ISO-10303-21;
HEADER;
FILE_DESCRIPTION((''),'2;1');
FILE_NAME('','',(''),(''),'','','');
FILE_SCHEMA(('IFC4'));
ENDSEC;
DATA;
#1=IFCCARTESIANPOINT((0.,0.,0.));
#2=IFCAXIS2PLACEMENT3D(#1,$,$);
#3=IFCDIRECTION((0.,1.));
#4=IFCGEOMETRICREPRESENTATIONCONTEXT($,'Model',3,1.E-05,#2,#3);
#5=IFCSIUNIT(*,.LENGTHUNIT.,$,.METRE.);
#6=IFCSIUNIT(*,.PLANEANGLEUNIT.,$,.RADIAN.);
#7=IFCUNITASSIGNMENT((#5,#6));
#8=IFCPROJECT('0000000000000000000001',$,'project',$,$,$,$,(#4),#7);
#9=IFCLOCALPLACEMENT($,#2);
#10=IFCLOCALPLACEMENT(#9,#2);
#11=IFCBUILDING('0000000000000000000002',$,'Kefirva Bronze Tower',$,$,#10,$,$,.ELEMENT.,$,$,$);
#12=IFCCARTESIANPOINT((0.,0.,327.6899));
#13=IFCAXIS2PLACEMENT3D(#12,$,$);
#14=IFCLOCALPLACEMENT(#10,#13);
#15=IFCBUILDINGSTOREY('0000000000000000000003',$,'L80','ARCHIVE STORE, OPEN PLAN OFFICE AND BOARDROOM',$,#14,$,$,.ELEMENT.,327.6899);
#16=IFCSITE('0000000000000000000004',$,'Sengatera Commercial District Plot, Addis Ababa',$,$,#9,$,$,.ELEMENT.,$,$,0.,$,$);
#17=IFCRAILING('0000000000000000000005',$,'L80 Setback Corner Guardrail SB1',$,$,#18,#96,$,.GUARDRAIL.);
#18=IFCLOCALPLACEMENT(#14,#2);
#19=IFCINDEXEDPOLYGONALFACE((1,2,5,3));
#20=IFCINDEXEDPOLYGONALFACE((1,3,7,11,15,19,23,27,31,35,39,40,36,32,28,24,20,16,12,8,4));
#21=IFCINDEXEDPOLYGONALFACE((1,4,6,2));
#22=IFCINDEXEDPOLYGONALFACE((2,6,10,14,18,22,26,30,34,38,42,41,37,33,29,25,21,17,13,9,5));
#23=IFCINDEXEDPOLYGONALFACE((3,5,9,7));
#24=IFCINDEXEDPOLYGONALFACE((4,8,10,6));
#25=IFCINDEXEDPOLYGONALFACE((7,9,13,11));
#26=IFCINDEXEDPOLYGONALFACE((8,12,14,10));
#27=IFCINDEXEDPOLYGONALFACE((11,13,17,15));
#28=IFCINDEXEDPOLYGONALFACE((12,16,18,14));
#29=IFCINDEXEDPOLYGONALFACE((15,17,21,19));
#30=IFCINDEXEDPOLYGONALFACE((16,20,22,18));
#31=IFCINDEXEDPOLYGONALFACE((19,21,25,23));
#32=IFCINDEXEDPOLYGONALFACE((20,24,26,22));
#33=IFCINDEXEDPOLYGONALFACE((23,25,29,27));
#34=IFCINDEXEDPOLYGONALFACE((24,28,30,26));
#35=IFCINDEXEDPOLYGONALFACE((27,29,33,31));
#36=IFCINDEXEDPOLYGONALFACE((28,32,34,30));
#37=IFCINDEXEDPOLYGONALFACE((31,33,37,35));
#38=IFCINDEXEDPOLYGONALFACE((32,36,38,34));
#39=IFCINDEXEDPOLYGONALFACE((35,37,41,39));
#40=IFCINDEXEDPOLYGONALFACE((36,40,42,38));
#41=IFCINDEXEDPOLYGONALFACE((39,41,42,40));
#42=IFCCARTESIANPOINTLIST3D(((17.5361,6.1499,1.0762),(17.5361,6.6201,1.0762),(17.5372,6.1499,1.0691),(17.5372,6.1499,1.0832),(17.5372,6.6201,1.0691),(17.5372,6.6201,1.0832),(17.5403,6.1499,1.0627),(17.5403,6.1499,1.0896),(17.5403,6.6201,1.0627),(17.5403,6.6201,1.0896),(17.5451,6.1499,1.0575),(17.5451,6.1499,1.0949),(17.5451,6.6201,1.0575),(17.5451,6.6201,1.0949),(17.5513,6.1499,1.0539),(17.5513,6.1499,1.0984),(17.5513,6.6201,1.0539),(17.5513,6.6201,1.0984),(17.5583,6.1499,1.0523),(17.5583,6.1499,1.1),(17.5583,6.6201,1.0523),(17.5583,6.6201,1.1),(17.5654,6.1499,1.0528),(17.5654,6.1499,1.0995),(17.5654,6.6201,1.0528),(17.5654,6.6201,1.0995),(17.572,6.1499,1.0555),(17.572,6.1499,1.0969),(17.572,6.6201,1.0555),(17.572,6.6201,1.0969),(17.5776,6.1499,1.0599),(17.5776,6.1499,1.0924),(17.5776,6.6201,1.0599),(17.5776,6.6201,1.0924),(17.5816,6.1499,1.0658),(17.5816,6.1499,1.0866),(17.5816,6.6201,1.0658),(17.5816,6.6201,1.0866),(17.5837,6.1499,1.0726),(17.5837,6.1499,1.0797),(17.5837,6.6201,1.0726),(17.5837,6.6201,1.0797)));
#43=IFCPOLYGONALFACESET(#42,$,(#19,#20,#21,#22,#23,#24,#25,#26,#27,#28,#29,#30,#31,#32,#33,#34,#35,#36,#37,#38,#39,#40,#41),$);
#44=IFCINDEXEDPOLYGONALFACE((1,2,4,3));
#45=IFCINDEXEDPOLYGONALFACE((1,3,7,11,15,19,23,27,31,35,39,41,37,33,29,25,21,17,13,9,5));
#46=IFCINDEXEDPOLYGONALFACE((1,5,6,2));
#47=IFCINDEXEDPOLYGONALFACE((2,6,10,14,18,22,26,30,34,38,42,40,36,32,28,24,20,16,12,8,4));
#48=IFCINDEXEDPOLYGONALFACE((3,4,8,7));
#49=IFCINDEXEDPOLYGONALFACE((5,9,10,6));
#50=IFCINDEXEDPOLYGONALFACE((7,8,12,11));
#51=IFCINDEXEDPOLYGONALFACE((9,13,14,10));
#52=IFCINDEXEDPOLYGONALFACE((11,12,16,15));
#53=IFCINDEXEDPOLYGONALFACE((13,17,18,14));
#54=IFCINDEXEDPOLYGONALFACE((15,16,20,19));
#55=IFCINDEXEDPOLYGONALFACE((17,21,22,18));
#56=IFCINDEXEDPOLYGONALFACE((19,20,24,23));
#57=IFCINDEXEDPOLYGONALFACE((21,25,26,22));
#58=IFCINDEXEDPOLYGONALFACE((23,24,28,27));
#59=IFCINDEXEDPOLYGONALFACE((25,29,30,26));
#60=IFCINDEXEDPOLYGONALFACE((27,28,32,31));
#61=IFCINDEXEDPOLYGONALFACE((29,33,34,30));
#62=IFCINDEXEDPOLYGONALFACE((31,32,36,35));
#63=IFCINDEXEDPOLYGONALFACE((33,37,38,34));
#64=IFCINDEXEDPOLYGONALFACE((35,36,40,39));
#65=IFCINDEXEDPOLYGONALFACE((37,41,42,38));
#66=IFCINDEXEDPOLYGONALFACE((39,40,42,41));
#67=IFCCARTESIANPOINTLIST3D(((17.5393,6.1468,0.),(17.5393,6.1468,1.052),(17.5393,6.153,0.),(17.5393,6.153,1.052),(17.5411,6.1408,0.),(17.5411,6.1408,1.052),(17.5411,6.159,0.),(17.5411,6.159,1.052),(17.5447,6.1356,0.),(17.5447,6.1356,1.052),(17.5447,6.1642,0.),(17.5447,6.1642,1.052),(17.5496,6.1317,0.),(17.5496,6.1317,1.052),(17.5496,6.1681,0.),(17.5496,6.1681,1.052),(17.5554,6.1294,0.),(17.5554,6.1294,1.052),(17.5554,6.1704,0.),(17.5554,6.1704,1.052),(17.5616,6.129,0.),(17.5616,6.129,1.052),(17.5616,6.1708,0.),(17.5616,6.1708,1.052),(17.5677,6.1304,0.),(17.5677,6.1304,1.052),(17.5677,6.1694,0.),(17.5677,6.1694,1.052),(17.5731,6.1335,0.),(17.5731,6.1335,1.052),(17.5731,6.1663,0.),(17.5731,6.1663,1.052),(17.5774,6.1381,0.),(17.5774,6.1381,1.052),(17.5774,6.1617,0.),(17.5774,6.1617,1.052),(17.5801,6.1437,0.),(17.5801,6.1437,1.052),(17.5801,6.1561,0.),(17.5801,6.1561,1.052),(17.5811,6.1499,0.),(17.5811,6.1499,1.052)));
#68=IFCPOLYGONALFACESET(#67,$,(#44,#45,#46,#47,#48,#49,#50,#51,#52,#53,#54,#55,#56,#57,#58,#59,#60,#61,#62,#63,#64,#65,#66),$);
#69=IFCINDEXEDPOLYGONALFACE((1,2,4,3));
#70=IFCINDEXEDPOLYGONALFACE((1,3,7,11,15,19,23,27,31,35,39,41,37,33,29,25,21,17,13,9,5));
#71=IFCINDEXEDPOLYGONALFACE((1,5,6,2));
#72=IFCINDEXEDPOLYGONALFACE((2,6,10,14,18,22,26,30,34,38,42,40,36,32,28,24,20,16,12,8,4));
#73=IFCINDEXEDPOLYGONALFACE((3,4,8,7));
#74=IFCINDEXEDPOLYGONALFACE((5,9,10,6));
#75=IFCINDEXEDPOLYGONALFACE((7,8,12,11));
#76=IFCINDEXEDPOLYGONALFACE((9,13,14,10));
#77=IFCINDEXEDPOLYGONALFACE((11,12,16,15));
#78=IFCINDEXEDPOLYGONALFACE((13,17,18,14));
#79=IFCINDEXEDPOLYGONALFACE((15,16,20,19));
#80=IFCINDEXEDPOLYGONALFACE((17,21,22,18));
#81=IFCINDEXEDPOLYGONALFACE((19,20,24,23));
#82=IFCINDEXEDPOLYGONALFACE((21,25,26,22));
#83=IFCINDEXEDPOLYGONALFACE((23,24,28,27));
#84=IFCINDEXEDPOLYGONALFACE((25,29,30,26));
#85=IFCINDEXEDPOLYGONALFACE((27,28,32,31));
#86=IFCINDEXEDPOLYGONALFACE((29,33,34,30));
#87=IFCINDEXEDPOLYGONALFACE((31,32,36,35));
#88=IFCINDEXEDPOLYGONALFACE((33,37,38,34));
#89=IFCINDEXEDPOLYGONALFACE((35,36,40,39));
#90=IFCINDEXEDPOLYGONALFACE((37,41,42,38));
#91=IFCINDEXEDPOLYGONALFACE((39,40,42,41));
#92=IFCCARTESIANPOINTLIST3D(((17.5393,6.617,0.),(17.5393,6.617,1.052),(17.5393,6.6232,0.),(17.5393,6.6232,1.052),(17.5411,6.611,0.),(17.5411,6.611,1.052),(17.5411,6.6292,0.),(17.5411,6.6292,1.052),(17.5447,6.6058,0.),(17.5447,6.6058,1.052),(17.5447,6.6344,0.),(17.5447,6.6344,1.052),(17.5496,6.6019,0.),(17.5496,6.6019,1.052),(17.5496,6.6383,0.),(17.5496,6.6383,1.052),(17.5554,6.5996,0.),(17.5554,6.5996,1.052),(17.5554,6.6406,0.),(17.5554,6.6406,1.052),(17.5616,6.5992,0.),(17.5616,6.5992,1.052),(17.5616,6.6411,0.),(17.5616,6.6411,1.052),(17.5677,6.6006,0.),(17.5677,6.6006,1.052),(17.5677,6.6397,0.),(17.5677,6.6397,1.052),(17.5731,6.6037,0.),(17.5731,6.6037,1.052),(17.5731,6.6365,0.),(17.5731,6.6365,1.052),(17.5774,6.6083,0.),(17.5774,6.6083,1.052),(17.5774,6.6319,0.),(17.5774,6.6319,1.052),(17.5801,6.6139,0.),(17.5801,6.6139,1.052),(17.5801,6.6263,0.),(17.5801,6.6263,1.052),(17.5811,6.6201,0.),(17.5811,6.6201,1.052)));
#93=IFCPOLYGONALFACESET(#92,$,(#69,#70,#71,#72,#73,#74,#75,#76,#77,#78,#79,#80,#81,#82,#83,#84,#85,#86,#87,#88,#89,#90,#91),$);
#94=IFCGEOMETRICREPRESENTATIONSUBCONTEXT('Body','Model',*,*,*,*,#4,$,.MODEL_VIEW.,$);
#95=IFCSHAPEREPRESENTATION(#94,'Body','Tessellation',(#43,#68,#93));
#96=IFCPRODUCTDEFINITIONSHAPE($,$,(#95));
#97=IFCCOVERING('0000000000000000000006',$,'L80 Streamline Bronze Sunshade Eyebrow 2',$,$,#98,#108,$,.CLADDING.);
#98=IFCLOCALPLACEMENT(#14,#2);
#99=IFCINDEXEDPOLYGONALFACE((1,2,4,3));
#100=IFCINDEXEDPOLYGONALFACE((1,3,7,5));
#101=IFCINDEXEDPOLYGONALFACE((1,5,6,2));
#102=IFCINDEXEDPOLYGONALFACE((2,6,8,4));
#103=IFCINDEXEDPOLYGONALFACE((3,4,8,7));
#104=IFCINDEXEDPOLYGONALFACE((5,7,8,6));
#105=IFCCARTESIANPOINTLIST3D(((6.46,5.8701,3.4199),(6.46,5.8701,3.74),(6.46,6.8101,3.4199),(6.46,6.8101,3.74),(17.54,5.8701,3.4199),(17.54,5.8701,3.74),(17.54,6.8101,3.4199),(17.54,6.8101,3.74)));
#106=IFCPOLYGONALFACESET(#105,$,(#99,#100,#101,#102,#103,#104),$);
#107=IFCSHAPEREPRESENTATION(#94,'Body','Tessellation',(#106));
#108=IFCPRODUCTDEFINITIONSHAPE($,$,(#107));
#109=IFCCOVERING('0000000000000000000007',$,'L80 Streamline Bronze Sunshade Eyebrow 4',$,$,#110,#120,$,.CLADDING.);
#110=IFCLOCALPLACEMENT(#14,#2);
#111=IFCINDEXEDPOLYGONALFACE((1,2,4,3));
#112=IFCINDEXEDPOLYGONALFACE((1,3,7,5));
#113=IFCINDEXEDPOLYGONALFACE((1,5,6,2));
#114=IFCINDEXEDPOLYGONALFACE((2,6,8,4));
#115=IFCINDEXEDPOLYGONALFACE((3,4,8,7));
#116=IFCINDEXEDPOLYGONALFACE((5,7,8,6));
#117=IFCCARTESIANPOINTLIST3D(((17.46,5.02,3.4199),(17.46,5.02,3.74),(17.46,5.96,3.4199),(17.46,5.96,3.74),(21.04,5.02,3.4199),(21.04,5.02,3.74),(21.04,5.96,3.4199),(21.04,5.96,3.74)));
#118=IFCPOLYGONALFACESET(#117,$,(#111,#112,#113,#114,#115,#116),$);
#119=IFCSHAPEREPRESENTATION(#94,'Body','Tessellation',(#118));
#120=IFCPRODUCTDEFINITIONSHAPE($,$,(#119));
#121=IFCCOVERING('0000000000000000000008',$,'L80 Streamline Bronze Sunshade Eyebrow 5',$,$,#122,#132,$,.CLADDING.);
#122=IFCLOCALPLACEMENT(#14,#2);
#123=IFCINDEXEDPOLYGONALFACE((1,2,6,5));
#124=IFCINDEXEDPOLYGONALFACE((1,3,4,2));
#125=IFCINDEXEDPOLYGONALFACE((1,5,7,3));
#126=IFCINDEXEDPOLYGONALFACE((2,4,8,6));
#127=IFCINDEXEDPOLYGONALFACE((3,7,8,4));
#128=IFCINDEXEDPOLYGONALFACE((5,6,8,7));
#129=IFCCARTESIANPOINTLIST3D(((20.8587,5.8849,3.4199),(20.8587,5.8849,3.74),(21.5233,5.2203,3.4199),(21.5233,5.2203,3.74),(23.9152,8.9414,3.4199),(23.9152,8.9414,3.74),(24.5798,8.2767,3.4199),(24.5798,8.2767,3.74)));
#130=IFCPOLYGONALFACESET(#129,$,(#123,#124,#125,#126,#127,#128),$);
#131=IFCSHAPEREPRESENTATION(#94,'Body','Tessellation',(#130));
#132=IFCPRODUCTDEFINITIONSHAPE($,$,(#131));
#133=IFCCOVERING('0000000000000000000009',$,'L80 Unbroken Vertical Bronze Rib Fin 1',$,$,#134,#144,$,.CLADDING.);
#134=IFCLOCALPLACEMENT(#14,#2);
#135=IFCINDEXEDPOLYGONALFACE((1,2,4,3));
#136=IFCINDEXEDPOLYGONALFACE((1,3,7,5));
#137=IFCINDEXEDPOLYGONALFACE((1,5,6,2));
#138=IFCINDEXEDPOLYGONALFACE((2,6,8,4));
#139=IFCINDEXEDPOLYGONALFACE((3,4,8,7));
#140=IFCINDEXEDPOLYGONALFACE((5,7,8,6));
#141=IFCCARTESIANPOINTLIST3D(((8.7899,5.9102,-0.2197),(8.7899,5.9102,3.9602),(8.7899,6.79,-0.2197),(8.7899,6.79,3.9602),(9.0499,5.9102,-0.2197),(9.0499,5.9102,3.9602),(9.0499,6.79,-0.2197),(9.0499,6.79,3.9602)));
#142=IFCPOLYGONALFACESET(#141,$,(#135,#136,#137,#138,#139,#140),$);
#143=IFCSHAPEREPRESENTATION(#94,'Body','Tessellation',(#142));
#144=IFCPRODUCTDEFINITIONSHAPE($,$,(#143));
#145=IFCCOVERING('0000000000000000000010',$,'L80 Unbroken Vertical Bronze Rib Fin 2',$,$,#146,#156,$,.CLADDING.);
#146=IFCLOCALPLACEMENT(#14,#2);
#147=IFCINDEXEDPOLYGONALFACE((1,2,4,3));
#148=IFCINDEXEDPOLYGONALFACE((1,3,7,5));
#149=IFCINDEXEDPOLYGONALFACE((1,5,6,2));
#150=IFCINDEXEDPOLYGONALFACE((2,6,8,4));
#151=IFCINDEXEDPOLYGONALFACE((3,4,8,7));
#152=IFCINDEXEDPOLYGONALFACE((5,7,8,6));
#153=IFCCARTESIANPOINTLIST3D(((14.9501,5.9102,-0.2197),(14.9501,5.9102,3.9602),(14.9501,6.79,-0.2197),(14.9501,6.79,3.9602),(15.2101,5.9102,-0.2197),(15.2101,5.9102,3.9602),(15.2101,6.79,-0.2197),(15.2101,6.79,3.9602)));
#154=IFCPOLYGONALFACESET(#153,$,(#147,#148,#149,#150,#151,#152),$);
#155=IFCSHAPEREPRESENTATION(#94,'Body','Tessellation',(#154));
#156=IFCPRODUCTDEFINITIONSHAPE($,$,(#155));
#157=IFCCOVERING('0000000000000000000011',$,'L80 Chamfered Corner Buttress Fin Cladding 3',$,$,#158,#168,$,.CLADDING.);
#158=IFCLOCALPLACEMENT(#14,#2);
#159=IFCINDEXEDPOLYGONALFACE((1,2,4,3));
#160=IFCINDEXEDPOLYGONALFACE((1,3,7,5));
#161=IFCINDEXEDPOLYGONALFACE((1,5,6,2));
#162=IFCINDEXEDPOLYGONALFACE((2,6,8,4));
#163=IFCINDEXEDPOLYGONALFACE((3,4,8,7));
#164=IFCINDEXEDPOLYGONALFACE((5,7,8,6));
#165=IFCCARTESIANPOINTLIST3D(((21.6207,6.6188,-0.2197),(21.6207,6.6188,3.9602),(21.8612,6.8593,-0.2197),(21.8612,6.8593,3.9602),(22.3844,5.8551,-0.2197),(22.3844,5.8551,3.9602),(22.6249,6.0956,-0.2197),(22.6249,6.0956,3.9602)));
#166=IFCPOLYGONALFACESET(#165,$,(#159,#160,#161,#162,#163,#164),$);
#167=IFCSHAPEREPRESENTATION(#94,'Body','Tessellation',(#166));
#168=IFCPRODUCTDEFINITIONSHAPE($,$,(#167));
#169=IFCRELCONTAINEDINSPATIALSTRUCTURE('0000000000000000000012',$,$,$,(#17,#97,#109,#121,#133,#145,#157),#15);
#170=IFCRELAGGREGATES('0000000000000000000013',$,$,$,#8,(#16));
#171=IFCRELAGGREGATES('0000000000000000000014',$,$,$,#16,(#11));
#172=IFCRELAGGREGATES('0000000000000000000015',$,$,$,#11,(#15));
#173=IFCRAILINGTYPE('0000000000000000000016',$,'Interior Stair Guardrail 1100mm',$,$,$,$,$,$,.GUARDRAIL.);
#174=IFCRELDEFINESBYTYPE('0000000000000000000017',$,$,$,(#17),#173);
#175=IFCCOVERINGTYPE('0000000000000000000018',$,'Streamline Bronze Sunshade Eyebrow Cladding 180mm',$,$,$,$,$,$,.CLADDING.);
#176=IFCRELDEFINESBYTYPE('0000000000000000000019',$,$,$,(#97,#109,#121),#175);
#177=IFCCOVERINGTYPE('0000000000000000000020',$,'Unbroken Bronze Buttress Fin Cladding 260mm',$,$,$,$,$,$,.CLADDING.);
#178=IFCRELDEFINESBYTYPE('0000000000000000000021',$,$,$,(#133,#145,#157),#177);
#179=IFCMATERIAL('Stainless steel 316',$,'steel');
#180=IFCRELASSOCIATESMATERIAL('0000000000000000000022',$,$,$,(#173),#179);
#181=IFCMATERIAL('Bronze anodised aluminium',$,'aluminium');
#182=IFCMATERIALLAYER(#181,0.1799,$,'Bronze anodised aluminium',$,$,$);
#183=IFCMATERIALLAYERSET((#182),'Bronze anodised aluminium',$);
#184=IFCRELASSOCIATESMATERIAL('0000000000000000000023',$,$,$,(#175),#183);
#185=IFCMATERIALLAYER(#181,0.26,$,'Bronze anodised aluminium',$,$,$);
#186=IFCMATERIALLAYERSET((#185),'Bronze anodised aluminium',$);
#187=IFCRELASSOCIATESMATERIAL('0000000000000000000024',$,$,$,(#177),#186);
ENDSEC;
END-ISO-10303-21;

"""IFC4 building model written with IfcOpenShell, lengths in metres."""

from ifc_helpers import new_model, si_unit, direction, frame, origin, origin_2d, place, context, subcontext, project, spatial, rectangle, circle, extrude, material, layer, layer_set, type_object, element, save


model = new_model("IFC4")

# Units and contexts
model_context = context("Model", 3, precision=1e-05, world=origin(), true_north=direction((0.0, 1.0)))
body_context = subcontext(model_context, "Body", "Model", "MODEL_VIEW")
ifc_project = project(units=[si_unit("LENGTHUNIT", "METRE"), si_unit("PLANEANGLEUNIT", "RADIAN")], contexts=[model_context])

# Site, building, storey
site_placement = place(None, origin())
site = spatial("IfcSite", under=ifc_project, at=site_placement, Name="Sengatera Commercial District Plot, Addis Ababa", CompositionType="ELEMENT", RefElevation=0.0)
building_placement = place(site_placement, origin())
building = spatial("IfcBuilding", under=site, at=building_placement, Name="Kefirva Bronze Tower", CompositionType="ELEMENT")
storey_placement = place(building_placement, frame((0.0, 0.0, 327.6899)))
storey = spatial("IfcBuildingStorey", under=building, at=storey_placement, Name="L80", Description="ARCHIVE STORE, OPEN PLAN OFFICE AND BOARDROOM", CompositionType="ELEMENT", Elevation=327.6899)

# Shared definitions
ifc_material_1 = material(Name="Bronze anodised aluminium", Category="aluminium")

# Railing
ifc_material_2 = material(Name="Stainless steel 316", Category="steel")
railing_type = type_object("IfcRailingType", Name="Interior Stair Guardrail 1100mm", PredefinedType="GUARDRAIL", material=ifc_material_2)
railing_placement = place(storey_placement, frame((17.5601, 6.1499, 0.0)))
element("IfcRailing", 1, at=railing_placement, inside=storey, type_object=railing_type, Name="L80 Setback Corner Guardrail SB1", PredefinedType="GUARDRAIL", context=body_context, shape_type="SweptSolid", body=[
    extrude(circle(Radius=0.0239, at=origin_2d()), frame((0.0, 0.0, 1.0762), z_axis=(0.0, 1.0, 0.0), x_axis=(-1.0, 0.0, 0.0)), (0.0, 0.0, 1.0), 0.4702),
    extrude(circle(Radius=0.021, at=origin_2d()), origin(), (0.0, 0.0, 1.0), 1.052),
    extrude(circle(Radius=0.021, at=origin_2d()), frame((0.0, 0.4702, 0.0)), (0.0, 0.0, 1.0), 1.052),
])

# Coverings
ifc_layer_1 = layer(ifc_material_1, 0.1799, Name="Bronze anodised aluminium")
ifc_layer_set_1 = layer_set([ifc_layer_1], Name="Bronze anodised aluminium")
covering_type_1 = type_object("IfcCoveringType", Name="Streamline Bronze Sunshade Eyebrow Cladding 180mm", PredefinedType="CLADDING", material=ifc_layer_set_1)
covering_1_placement = place(storey_placement, frame((12.0, 6.3401, 3.4199), z_axis=(0.0, 0.0, 1.0), x_axis=(1.0, 0.0, 0.0)))
element("IfcCovering", 2, at=covering_1_placement, inside=storey, type_object=covering_type_1, Name="L80 Streamline Bronze Sunshade Eyebrow 2", PredefinedType="CLADDING", context=body_context, shape_type="SweptSolid", body=[
    extrude(rectangle(XDim=11.0801, YDim=0.9399, at=origin_2d()), origin(), (0.0, 0.0, 1.0), 0.3201),
])
covering_2_placement = place(storey_placement, frame((19.25, 5.49, 3.4199), z_axis=(0.0, 0.0, 1.0), x_axis=(1.0, 0.0, 0.0)))
element("IfcCovering", 3, at=covering_2_placement, inside=storey, type_object=covering_type_1, Name="L80 Streamline Bronze Sunshade Eyebrow 4", PredefinedType="CLADDING", context=body_context, shape_type="SweptSolid", body=[
    extrude(rectangle(XDim=3.5801, YDim=0.9399, at=origin_2d()), origin(), (0.0, 0.0, 1.0), 0.3201),
])
covering_3_placement = place(storey_placement, frame((22.7192, 7.0808, 3.4199), z_axis=(0.0, 0.0, 1.0), x_axis=(0.707107, 0.707107, 0.0)))
element("IfcCovering", 4, at=covering_3_placement, inside=storey, type_object=covering_type_1, Name="L80 Streamline Bronze Sunshade Eyebrow 5", PredefinedType="CLADDING", context=body_context, shape_type="SweptSolid", body=[
    extrude(rectangle(XDim=4.3225, YDim=0.9399, at=origin_2d()), origin(), (0.0, 0.0, 1.0), 0.3201),
])
ifc_layer_2 = layer(ifc_material_1, 0.26, Name="Bronze anodised aluminium")
ifc_layer_set_2 = layer_set([ifc_layer_2], Name="Bronze anodised aluminium")
covering_type_2 = type_object("IfcCoveringType", Name="Unbroken Bronze Buttress Fin Cladding 260mm", PredefinedType="CLADDING", material=ifc_layer_set_2)
for number, where, z_axis, x_axis, name in (
    (5, (8.9199, 6.3501, -0.2197), (0.0, 0.0, 1.0), (1.0, 0.0, 0.0), "L80 Unbroken Vertical Bronze Rib Fin 1"),
    (6, (15.0801, 6.3501, -0.2197), (0.0, 0.0, 1.0), (1.0, 0.0, 0.0), "L80 Unbroken Vertical Bronze Rib Fin 2"),
):
    element("IfcCovering", number, at=place(storey_placement, frame(where, z_axis=z_axis, x_axis=x_axis)), inside=storey, type_object=covering_type_2, Name=name, PredefinedType="CLADDING", context=body_context, shape_type="SweptSolid", body=[
        extrude(rectangle(XDim=0.26, YDim=0.8799, at=origin_2d()), origin(), (0.0, 0.0, 1.0), 4.1799),
    ])
covering_4_placement = place(storey_placement, frame((22.1228, 6.3572, -0.2197), z_axis=(0.0, 0.0, 1.0), x_axis=(0.707107, 0.707107, 0.0)))
element("IfcCovering", 7, at=covering_4_placement, inside=storey, type_object=covering_type_2, Name="L80 Chamfered Corner Buttress Fin Cladding 3", PredefinedType="CLADDING", context=body_context, shape_type="SweptSolid", body=[
    extrude(rectangle(XDim=0.3401, YDim=1.0801, at=origin_2d()), origin(), (0.0, 0.0, 1.0), 4.1799),
])

save(model, "model.ifc")
